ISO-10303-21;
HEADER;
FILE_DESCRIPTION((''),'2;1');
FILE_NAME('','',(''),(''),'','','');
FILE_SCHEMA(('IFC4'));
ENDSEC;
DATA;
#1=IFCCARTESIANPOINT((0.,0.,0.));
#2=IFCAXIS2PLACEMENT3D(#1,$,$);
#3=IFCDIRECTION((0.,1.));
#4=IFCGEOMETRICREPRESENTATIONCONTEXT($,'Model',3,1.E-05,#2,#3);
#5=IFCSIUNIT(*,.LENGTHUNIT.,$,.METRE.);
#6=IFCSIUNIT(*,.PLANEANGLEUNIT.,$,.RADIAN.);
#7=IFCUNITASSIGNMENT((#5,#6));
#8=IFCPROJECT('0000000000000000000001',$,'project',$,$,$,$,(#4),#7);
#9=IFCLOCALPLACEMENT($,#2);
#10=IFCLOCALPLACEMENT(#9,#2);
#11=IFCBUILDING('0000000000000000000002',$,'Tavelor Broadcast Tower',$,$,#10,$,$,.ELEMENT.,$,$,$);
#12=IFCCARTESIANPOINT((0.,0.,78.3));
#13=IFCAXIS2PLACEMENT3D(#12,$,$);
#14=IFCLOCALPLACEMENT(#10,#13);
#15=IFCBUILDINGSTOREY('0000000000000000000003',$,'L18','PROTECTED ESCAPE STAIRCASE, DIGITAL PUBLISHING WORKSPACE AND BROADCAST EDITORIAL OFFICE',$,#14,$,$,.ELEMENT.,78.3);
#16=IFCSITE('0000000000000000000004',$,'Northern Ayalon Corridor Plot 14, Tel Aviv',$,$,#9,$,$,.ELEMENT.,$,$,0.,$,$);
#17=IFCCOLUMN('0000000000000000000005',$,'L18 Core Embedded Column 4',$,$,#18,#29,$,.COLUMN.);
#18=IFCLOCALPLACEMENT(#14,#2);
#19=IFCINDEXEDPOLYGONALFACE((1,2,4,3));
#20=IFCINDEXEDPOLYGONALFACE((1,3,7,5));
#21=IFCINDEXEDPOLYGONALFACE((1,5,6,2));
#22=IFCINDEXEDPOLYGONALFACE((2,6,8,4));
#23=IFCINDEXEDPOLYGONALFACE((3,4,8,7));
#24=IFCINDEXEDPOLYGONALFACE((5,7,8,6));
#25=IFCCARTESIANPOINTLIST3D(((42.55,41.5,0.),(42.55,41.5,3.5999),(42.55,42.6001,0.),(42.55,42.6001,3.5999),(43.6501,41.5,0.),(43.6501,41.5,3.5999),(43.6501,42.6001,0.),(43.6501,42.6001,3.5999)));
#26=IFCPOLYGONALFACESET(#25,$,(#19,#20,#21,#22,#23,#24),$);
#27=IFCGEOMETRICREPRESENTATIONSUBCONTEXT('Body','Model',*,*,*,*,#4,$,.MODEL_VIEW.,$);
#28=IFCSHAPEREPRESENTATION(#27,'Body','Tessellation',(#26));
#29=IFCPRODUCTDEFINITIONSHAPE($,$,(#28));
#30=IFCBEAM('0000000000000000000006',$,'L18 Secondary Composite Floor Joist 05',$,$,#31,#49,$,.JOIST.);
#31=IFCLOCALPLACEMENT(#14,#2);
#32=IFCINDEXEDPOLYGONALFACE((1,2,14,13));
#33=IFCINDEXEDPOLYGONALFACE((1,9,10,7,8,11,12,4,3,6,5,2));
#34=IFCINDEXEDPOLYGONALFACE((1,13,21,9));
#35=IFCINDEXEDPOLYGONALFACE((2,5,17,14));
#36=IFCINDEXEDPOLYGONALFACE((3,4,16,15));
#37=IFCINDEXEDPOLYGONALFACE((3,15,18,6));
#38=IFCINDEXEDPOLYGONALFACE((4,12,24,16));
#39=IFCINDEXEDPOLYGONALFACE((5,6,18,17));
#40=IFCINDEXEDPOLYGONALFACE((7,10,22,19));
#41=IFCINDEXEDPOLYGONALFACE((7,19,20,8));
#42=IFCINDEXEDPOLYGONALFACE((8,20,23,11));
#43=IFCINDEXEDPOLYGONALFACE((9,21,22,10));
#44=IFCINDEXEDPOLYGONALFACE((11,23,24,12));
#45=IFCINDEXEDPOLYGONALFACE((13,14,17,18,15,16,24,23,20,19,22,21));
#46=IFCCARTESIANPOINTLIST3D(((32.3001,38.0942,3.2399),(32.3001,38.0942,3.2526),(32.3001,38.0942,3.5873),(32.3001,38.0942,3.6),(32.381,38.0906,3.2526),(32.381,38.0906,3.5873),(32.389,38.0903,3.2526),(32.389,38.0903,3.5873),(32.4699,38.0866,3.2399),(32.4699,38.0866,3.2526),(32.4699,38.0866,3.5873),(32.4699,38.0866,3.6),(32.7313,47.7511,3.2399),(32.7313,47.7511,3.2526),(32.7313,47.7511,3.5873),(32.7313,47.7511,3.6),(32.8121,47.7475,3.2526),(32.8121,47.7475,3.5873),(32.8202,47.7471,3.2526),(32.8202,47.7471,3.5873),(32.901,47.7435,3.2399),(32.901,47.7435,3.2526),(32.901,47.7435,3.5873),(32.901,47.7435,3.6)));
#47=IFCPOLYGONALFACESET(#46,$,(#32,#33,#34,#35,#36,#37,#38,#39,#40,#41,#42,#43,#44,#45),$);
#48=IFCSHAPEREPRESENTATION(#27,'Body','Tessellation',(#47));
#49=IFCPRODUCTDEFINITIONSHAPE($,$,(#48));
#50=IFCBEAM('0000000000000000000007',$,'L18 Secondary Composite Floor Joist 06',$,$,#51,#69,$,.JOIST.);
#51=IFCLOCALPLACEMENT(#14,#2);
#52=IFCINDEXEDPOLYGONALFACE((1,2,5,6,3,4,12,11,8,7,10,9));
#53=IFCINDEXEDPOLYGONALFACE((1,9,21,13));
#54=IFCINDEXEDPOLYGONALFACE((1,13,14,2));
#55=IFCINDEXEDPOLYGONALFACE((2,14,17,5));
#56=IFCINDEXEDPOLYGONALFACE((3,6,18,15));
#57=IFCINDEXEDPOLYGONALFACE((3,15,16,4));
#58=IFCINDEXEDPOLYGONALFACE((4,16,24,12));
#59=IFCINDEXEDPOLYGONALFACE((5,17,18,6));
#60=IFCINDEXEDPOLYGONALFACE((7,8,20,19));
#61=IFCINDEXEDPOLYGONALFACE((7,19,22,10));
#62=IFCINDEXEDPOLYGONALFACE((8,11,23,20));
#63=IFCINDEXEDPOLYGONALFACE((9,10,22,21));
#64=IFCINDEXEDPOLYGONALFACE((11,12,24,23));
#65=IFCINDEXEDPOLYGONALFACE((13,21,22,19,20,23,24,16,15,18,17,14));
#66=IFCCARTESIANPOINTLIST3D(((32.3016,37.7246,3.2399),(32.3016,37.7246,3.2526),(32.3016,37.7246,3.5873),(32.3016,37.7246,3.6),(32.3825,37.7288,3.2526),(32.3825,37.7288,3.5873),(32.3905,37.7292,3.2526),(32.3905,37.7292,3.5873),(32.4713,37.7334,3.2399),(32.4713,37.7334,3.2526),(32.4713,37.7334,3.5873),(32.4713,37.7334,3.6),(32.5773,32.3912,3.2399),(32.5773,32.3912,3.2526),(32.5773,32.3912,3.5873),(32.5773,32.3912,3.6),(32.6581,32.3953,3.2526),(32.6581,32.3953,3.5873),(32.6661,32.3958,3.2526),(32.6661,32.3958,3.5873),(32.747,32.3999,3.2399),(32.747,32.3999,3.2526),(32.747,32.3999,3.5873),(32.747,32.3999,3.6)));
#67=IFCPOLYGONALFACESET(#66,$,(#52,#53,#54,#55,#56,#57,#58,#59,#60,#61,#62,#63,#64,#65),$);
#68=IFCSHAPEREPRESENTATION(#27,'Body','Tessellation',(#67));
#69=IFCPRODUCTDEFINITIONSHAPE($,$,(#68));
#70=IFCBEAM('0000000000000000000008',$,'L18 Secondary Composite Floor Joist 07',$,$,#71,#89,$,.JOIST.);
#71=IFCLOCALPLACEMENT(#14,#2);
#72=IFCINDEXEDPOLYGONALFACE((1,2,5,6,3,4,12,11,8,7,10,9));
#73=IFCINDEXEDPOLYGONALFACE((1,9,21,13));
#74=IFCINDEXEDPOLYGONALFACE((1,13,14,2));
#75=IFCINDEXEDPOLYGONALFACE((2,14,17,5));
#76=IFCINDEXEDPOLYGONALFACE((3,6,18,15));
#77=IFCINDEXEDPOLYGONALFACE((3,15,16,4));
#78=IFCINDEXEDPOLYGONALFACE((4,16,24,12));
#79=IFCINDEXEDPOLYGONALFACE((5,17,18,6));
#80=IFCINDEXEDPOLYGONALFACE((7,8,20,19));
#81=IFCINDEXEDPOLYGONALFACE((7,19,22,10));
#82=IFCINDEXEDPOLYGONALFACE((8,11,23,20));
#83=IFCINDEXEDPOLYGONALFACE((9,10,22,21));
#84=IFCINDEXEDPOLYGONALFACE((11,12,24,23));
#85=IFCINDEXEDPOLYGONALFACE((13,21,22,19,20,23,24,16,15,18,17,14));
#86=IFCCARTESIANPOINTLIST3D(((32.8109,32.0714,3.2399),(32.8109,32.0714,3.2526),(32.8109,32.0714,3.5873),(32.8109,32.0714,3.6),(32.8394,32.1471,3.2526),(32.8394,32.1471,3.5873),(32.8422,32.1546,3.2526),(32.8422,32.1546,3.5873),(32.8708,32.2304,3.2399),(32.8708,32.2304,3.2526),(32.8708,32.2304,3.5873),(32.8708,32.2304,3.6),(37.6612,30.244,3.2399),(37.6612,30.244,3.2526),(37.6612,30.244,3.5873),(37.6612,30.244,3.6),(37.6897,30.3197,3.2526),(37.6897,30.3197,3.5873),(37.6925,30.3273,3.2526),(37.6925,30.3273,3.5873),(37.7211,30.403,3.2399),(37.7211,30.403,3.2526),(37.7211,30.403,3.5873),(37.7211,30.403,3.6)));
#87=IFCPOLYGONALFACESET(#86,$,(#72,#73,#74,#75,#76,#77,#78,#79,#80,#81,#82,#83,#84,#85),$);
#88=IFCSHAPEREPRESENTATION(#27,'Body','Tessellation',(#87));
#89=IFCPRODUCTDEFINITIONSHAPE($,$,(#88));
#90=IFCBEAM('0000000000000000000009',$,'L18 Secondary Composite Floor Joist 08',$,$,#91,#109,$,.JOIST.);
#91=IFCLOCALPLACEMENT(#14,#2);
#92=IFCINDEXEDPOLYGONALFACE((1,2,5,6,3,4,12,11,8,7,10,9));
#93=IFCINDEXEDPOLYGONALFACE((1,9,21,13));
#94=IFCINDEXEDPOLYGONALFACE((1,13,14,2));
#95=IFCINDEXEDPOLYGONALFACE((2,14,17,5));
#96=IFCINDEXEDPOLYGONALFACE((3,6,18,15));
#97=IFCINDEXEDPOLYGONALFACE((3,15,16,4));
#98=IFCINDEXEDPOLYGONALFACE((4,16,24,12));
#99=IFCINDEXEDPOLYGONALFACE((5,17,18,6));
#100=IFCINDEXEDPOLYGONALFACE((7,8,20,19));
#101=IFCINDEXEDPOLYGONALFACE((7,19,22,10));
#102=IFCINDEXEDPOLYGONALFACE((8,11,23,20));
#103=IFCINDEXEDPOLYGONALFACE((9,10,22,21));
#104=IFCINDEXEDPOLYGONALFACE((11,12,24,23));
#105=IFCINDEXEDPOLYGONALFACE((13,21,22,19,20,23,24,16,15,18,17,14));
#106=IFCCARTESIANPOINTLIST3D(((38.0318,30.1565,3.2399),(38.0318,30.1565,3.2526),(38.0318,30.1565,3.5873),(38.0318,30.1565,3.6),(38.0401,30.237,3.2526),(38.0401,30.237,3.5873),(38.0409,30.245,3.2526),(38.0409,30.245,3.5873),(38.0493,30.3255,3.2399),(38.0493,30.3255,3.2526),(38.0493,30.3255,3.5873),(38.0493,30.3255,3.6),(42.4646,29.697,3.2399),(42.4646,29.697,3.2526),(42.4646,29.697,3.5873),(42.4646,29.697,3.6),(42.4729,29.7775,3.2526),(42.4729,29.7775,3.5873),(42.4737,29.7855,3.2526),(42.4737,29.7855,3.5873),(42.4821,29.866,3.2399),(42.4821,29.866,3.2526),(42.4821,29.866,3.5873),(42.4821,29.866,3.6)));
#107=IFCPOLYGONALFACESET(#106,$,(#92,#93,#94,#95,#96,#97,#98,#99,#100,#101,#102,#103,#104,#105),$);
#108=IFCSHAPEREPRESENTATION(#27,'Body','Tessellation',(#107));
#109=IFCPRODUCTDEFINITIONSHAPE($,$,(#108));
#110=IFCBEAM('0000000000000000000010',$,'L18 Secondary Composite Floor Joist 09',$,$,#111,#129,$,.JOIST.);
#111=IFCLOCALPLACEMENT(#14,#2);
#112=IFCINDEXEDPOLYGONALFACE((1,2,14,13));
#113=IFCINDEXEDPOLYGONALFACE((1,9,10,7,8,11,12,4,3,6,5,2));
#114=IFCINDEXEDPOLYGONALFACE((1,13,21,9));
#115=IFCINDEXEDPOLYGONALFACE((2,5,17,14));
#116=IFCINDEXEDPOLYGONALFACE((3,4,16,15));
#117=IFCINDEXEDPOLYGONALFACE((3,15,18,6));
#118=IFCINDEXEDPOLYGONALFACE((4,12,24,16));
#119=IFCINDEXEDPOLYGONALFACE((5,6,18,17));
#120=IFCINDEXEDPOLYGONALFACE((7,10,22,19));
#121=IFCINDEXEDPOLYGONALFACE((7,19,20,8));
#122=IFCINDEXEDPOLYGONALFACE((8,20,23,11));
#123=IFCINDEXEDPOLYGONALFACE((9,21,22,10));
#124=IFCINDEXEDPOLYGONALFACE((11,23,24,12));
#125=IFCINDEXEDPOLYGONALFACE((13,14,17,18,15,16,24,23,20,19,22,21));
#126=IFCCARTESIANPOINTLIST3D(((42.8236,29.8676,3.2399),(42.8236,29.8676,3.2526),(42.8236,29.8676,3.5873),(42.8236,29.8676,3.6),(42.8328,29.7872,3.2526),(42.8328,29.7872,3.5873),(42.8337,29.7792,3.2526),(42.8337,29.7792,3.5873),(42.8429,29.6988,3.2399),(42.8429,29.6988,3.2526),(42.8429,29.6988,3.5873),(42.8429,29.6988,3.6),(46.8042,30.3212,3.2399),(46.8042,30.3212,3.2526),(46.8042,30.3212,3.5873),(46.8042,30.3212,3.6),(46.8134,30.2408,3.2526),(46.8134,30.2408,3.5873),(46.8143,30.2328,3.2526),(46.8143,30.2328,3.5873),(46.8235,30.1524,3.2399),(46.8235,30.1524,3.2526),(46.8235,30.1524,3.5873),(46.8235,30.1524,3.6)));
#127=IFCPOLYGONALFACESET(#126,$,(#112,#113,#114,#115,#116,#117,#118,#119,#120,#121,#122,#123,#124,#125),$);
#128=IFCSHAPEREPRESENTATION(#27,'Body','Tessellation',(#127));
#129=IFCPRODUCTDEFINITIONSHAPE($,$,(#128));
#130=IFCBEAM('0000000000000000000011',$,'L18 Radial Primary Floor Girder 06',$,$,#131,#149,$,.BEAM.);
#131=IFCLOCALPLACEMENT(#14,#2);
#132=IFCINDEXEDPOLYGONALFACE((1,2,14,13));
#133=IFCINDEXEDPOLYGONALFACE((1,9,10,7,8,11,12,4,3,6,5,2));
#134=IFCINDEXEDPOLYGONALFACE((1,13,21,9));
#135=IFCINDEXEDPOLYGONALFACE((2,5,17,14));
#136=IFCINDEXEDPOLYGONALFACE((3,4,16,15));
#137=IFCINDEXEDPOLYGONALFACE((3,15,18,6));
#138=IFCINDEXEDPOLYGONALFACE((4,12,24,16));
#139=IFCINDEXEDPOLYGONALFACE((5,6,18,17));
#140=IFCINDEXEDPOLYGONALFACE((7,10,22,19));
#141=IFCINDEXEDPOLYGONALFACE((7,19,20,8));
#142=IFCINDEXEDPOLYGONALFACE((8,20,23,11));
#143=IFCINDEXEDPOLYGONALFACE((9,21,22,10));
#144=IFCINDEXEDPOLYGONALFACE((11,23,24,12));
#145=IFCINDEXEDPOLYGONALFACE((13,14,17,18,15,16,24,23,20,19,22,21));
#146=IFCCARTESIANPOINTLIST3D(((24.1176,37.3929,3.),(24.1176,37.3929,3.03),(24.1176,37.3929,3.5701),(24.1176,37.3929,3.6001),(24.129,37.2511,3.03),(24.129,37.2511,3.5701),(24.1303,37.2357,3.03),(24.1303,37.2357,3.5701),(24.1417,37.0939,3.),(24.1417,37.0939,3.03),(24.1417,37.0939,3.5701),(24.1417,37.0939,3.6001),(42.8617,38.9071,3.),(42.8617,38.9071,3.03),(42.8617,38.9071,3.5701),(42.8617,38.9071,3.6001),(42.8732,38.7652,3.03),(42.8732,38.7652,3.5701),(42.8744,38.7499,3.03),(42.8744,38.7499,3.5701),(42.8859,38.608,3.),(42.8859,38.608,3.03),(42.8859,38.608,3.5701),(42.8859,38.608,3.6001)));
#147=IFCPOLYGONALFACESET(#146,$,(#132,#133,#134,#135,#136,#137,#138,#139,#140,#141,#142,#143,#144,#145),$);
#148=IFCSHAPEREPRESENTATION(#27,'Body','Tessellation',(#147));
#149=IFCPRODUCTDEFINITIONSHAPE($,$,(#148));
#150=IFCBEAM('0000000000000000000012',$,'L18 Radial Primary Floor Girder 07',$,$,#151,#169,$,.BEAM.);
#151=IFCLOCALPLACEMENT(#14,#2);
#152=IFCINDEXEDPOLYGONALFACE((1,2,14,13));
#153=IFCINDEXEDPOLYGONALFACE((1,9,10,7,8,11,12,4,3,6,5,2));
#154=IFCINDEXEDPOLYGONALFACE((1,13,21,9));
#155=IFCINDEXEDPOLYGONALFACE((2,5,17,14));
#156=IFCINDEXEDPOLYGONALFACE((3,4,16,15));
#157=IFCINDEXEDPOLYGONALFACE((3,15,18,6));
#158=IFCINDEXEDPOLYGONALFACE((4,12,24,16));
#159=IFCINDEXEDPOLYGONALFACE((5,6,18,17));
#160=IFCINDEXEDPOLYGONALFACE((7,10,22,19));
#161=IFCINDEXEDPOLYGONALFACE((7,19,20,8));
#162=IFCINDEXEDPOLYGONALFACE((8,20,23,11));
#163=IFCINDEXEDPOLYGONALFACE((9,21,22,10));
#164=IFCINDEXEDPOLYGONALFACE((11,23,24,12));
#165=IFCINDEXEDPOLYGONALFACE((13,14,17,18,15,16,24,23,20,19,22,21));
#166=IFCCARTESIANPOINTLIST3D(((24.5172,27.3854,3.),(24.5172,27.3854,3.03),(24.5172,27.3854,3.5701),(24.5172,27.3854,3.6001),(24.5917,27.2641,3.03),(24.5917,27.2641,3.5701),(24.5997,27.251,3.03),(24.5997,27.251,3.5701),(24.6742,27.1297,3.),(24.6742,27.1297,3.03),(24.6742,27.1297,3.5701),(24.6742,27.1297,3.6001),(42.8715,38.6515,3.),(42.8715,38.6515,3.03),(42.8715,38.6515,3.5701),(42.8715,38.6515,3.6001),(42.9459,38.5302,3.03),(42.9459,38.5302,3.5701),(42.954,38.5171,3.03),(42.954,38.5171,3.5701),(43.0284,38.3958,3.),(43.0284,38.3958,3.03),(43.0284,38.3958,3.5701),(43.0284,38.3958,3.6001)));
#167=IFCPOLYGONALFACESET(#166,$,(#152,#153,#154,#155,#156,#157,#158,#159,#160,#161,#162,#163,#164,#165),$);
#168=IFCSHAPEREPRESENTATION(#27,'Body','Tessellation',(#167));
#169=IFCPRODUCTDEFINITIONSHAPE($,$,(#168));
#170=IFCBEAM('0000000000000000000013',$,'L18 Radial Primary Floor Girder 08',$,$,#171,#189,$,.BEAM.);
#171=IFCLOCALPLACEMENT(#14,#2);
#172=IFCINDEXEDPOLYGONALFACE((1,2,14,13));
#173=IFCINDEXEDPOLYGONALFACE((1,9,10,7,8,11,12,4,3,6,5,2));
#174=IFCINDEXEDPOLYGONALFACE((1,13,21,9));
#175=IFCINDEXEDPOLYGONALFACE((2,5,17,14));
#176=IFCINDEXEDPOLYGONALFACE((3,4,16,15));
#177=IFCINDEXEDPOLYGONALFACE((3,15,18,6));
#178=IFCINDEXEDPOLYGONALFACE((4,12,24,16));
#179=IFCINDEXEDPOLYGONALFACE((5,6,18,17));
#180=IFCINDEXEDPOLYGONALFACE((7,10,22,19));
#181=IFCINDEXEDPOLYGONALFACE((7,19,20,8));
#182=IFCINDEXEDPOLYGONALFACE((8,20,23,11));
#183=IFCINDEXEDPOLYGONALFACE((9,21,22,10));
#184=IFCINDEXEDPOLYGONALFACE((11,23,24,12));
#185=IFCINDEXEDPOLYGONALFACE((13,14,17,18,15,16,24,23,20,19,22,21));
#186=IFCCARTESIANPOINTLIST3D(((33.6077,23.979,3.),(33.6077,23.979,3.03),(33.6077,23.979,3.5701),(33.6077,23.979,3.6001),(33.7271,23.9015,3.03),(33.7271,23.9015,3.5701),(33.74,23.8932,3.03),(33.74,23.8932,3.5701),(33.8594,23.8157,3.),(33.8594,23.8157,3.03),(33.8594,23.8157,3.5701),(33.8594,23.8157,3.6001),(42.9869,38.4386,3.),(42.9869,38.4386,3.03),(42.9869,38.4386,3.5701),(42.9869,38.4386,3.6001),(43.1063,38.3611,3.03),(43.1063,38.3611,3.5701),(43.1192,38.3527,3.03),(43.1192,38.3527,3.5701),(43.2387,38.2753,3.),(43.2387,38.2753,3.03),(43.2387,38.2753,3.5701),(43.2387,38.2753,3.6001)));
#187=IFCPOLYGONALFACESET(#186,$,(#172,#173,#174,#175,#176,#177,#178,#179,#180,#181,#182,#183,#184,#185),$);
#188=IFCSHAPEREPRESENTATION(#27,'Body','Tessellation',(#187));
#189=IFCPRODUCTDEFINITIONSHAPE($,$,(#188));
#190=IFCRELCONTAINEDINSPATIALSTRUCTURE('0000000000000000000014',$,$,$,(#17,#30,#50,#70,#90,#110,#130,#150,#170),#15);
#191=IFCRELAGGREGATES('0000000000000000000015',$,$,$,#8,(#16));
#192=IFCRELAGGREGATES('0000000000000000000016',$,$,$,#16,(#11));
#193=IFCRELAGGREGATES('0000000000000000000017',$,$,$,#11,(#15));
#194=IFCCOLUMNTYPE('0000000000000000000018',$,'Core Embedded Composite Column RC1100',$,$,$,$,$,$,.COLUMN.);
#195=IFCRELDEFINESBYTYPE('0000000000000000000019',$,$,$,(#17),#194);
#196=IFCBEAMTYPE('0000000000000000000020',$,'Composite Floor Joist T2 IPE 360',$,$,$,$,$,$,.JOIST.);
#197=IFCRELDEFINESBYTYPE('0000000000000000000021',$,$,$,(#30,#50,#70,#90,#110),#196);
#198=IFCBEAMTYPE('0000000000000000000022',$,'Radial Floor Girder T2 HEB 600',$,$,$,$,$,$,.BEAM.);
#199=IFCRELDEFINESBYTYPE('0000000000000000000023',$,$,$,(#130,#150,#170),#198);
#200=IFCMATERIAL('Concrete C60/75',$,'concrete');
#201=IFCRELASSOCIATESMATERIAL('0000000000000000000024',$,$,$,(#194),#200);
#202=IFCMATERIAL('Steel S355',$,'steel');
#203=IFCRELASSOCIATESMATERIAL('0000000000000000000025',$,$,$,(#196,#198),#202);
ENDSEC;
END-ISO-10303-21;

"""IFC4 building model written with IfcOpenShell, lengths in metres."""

from ifc_helpers import new_model, si_unit, direction, frame, origin, origin_2d, place, context, subcontext, project, spatial, rectangle, i_section, extrude, material, material_profile, profile_set, type_object, element, save


model = new_model("IFC4")

# Units and contexts
model_context = context("Model", 3, precision=1e-05, world=origin(), true_north=direction((0.0, 1.0)))
body_context = subcontext(model_context, "Body", "Model", "MODEL_VIEW")
ifc_project = project(units=[si_unit("LENGTHUNIT", "METRE"), si_unit("PLANEANGLEUNIT", "RADIAN")], contexts=[model_context])

# Site, building, storey
site_placement = place(None, origin())
site = spatial("IfcSite", under=ifc_project, at=site_placement, Name="Northern Ayalon Corridor Plot 14, Tel Aviv", CompositionType="ELEMENT", RefElevation=0.0)
building_placement = place(site_placement, origin())
building = spatial("IfcBuilding", under=site, at=building_placement, Name="Tavelor Broadcast Tower", CompositionType="ELEMENT")
storey_placement = place(building_placement, frame((0.0, 0.0, 78.3)))
storey = spatial("IfcBuildingStorey", under=building, at=storey_placement, Name="L18", Description="PROTECTED ESCAPE STAIRCASE, DIGITAL PUBLISHING WORKSPACE AND BROADCAST EDITORIAL OFFICE", CompositionType="ELEMENT", Elevation=78.3)

# Column
ifc_material_1 = material(Name="Concrete C60/75", Category="concrete")
ifc_material_profile_1 = material_profile(ifc_material_1, rectangle(XDim=1.1001, YDim=1.1001, at=origin_2d()), Name="RC 1100x1100")
ifc_profile_set_1 = profile_set([ifc_material_profile_1], Name="Concrete C60/75")
column_type = type_object("IfcColumnType", Name="Core Embedded Composite Column RC1100", PredefinedType="COLUMN", material=ifc_profile_set_1)
column_placement = place(storey_placement, frame((43.1001, 42.05, 0.0), z_axis=(0.0, 0.0, 1.0), x_axis=(1.0, 0.0, 0.0)))
element("IfcColumn", 1, at=column_placement, inside=storey, type_object=column_type, Name="L18 Core Embedded Column 4", PredefinedType="COLUMN", context=body_context, shape_type="SweptSolid", body=[
    extrude(rectangle(XDim=1.1001, YDim=1.1001, at=origin_2d()), origin(), (0.0, 0.0, 1.0), 3.5999),
])

# Beams
ifc_material_2 = material(Name="Steel S355", Category="steel")
ifc_material_profile_2 = material_profile(ifc_material_2, i_section(OverallWidth=0.1699, OverallDepth=0.3601, WebThickness=0.0081, FlangeThickness=0.0127, at=origin_2d()), Name="IPE 360")
ifc_profile_set_2 = profile_set([ifc_material_profile_2], Name="Steel S355")
beam_type_1 = type_object("IfcBeamType", Name="Composite Floor Joist T2 IPE 360", PredefinedType="JOIST", material=ifc_profile_set_2)
beam_1_placement = place(storey_placement, frame((32.8162, 47.7473, 3.4199), z_axis=(-0.044602, -0.999005, 0.0), x_axis=(0.999005, -0.044602, 0.0)))
element("IfcBeam", 2, at=beam_1_placement, inside=storey, type_object=beam_type_1, Name="L18 Secondary Composite Floor Joist 05", PredefinedType="JOIST", context=body_context, shape_type="SweptSolid", body=[
    extrude(i_section(OverallWidth=0.1699, OverallDepth=0.3601, WebThickness=0.0081, FlangeThickness=0.0127, at=origin_2d()), origin(), (0.0, 0.0, 1.0), 9.6665),
])
beam_2_placement = place(storey_placement, frame((32.3865, 37.729, 3.4199), z_axis=(0.051611, -0.998667, 0.0), x_axis=(0.998667, 0.051611, 0.0)))
element("IfcBeam", 3, at=beam_2_placement, inside=storey, type_object=beam_type_1, Name="L18 Secondary Composite Floor Joist 06", PredefinedType="JOIST", context=body_context, shape_type="SweptSolid", body=[
    extrude(i_section(OverallWidth=0.1699, OverallDepth=0.3601, WebThickness=0.0081, FlangeThickness=0.0127, at=origin_2d()), origin(), (0.0, 0.0, 1.0), 5.3406),
])
beam_3_placement = place(storey_placement, frame((32.8408, 32.1509, 3.4199), z_axis=(0.935788, -0.352563, 0.0), x_axis=(0.352563, 0.935788, 0.0)))
element("IfcBeam", 4, at=beam_3_placement, inside=storey, type_object=beam_type_1, Name="L18 Secondary Composite Floor Joist 07", PredefinedType="JOIST", context=body_context, shape_type="SweptSolid", body=[
    extrude(i_section(OverallWidth=0.1699, OverallDepth=0.3601, WebThickness=0.0081, FlangeThickness=0.0127, at=origin_2d()), origin(), (0.0, 0.0, 1.0), 5.1831),
])
beam_4_placement = place(storey_placement, frame((38.0405, 30.241, 3.4199), z_axis=(0.994671, -0.103099, 0.0), x_axis=(0.103099, 0.994671, 0.0)))
element("IfcBeam", 5, at=beam_4_placement, inside=storey, type_object=beam_type_1, Name="L18 Secondary Composite Floor Joist 08", PredefinedType="JOIST", context=body_context, shape_type="SweptSolid", body=[
    extrude(i_section(OverallWidth=0.1699, OverallDepth=0.3601, WebThickness=0.0081, FlangeThickness=0.0127, at=origin_2d()), origin(), (0.0, 0.0, 1.0), 4.4565),
])
beam_5_placement = place(storey_placement, frame((42.8333, 29.7832, 3.4199), z_axis=(0.993569, 0.113227, 0.0), x_axis=(-0.113227, 0.993569, 0.0)))
element("IfcBeam", 6, at=beam_5_placement, inside=storey, type_object=beam_type_1, Name="L18 Secondary Composite Floor Joist 09", PredefinedType="JOIST", context=body_context, shape_type="SweptSolid", body=[
    extrude(i_section(OverallWidth=0.1699, OverallDepth=0.3601, WebThickness=0.0081, FlangeThickness=0.0127, at=origin_2d()), origin(), (0.0, 0.0, 1.0), 4.0063),
])
ifc_material_profile_3 = material_profile(ifc_material_2, i_section(OverallWidth=0.3, OverallDepth=0.6001, WebThickness=0.0154, FlangeThickness=0.03, at=origin_2d()), Name="HEB 600")
ifc_profile_set_3 = profile_set([ifc_material_profile_3], Name="Steel S355")
beam_type_2 = type_object("IfcBeamType", Name="Radial Floor Girder T2 HEB 600", PredefinedType="BEAM", material=ifc_profile_set_3)
beam_6_placement = place(storey_placement, frame((42.8738, 38.7576, 3.3), z_axis=(-0.996753, -0.080518, 0.0), x_axis=(0.080518, -0.996753, 0.0)))
element("IfcBeam", 7, at=beam_6_placement, inside=storey, type_object=beam_type_2, Name="L18 Radial Primary Floor Girder 06", PredefinedType="BEAM", context=body_context, shape_type="SweptSolid", body=[
    extrude(i_section(OverallWidth=0.3, OverallDepth=0.6001, WebThickness=0.0154, FlangeThickness=0.03, at=origin_2d()), origin(), (0.0, 0.0, 1.0), 18.8052),
])
beam_7_placement = place(storey_placement, frame((42.95, 38.5237, 3.3), z_axis=(-0.852255, -0.523127, 0.0), x_axis=(0.523127, -0.852255, 0.0)))
element("IfcBeam", 8, at=beam_7_placement, inside=storey, type_object=beam_type_2, Name="L18 Radial Primary Floor Girder 07", PredefinedType="BEAM", context=body_context, shape_type="SweptSolid", body=[
    extrude(i_section(OverallWidth=0.3, OverallDepth=0.6001, WebThickness=0.0154, FlangeThickness=0.03, at=origin_2d()), origin(), (0.0, 0.0, 1.0), 21.5361),
])
beam_8_placement = place(storey_placement, frame((43.1128, 38.3569, 3.3), z_axis=(-0.544192, -0.83896, 0.0), x_axis=(0.83896, -0.544192, 0.0)))
element("IfcBeam", 9, at=beam_8_placement, inside=storey, type_object=beam_type_2, Name="L18 Radial Primary Floor Girder 08", PredefinedType="BEAM", context=body_context, shape_type="SweptSolid", body=[
    extrude(i_section(OverallWidth=0.3, OverallDepth=0.6001, WebThickness=0.0154, FlangeThickness=0.03, at=origin_2d()), origin(), (0.0, 0.0, 1.0), 17.2351),
])

save(model, "model.ifc")
